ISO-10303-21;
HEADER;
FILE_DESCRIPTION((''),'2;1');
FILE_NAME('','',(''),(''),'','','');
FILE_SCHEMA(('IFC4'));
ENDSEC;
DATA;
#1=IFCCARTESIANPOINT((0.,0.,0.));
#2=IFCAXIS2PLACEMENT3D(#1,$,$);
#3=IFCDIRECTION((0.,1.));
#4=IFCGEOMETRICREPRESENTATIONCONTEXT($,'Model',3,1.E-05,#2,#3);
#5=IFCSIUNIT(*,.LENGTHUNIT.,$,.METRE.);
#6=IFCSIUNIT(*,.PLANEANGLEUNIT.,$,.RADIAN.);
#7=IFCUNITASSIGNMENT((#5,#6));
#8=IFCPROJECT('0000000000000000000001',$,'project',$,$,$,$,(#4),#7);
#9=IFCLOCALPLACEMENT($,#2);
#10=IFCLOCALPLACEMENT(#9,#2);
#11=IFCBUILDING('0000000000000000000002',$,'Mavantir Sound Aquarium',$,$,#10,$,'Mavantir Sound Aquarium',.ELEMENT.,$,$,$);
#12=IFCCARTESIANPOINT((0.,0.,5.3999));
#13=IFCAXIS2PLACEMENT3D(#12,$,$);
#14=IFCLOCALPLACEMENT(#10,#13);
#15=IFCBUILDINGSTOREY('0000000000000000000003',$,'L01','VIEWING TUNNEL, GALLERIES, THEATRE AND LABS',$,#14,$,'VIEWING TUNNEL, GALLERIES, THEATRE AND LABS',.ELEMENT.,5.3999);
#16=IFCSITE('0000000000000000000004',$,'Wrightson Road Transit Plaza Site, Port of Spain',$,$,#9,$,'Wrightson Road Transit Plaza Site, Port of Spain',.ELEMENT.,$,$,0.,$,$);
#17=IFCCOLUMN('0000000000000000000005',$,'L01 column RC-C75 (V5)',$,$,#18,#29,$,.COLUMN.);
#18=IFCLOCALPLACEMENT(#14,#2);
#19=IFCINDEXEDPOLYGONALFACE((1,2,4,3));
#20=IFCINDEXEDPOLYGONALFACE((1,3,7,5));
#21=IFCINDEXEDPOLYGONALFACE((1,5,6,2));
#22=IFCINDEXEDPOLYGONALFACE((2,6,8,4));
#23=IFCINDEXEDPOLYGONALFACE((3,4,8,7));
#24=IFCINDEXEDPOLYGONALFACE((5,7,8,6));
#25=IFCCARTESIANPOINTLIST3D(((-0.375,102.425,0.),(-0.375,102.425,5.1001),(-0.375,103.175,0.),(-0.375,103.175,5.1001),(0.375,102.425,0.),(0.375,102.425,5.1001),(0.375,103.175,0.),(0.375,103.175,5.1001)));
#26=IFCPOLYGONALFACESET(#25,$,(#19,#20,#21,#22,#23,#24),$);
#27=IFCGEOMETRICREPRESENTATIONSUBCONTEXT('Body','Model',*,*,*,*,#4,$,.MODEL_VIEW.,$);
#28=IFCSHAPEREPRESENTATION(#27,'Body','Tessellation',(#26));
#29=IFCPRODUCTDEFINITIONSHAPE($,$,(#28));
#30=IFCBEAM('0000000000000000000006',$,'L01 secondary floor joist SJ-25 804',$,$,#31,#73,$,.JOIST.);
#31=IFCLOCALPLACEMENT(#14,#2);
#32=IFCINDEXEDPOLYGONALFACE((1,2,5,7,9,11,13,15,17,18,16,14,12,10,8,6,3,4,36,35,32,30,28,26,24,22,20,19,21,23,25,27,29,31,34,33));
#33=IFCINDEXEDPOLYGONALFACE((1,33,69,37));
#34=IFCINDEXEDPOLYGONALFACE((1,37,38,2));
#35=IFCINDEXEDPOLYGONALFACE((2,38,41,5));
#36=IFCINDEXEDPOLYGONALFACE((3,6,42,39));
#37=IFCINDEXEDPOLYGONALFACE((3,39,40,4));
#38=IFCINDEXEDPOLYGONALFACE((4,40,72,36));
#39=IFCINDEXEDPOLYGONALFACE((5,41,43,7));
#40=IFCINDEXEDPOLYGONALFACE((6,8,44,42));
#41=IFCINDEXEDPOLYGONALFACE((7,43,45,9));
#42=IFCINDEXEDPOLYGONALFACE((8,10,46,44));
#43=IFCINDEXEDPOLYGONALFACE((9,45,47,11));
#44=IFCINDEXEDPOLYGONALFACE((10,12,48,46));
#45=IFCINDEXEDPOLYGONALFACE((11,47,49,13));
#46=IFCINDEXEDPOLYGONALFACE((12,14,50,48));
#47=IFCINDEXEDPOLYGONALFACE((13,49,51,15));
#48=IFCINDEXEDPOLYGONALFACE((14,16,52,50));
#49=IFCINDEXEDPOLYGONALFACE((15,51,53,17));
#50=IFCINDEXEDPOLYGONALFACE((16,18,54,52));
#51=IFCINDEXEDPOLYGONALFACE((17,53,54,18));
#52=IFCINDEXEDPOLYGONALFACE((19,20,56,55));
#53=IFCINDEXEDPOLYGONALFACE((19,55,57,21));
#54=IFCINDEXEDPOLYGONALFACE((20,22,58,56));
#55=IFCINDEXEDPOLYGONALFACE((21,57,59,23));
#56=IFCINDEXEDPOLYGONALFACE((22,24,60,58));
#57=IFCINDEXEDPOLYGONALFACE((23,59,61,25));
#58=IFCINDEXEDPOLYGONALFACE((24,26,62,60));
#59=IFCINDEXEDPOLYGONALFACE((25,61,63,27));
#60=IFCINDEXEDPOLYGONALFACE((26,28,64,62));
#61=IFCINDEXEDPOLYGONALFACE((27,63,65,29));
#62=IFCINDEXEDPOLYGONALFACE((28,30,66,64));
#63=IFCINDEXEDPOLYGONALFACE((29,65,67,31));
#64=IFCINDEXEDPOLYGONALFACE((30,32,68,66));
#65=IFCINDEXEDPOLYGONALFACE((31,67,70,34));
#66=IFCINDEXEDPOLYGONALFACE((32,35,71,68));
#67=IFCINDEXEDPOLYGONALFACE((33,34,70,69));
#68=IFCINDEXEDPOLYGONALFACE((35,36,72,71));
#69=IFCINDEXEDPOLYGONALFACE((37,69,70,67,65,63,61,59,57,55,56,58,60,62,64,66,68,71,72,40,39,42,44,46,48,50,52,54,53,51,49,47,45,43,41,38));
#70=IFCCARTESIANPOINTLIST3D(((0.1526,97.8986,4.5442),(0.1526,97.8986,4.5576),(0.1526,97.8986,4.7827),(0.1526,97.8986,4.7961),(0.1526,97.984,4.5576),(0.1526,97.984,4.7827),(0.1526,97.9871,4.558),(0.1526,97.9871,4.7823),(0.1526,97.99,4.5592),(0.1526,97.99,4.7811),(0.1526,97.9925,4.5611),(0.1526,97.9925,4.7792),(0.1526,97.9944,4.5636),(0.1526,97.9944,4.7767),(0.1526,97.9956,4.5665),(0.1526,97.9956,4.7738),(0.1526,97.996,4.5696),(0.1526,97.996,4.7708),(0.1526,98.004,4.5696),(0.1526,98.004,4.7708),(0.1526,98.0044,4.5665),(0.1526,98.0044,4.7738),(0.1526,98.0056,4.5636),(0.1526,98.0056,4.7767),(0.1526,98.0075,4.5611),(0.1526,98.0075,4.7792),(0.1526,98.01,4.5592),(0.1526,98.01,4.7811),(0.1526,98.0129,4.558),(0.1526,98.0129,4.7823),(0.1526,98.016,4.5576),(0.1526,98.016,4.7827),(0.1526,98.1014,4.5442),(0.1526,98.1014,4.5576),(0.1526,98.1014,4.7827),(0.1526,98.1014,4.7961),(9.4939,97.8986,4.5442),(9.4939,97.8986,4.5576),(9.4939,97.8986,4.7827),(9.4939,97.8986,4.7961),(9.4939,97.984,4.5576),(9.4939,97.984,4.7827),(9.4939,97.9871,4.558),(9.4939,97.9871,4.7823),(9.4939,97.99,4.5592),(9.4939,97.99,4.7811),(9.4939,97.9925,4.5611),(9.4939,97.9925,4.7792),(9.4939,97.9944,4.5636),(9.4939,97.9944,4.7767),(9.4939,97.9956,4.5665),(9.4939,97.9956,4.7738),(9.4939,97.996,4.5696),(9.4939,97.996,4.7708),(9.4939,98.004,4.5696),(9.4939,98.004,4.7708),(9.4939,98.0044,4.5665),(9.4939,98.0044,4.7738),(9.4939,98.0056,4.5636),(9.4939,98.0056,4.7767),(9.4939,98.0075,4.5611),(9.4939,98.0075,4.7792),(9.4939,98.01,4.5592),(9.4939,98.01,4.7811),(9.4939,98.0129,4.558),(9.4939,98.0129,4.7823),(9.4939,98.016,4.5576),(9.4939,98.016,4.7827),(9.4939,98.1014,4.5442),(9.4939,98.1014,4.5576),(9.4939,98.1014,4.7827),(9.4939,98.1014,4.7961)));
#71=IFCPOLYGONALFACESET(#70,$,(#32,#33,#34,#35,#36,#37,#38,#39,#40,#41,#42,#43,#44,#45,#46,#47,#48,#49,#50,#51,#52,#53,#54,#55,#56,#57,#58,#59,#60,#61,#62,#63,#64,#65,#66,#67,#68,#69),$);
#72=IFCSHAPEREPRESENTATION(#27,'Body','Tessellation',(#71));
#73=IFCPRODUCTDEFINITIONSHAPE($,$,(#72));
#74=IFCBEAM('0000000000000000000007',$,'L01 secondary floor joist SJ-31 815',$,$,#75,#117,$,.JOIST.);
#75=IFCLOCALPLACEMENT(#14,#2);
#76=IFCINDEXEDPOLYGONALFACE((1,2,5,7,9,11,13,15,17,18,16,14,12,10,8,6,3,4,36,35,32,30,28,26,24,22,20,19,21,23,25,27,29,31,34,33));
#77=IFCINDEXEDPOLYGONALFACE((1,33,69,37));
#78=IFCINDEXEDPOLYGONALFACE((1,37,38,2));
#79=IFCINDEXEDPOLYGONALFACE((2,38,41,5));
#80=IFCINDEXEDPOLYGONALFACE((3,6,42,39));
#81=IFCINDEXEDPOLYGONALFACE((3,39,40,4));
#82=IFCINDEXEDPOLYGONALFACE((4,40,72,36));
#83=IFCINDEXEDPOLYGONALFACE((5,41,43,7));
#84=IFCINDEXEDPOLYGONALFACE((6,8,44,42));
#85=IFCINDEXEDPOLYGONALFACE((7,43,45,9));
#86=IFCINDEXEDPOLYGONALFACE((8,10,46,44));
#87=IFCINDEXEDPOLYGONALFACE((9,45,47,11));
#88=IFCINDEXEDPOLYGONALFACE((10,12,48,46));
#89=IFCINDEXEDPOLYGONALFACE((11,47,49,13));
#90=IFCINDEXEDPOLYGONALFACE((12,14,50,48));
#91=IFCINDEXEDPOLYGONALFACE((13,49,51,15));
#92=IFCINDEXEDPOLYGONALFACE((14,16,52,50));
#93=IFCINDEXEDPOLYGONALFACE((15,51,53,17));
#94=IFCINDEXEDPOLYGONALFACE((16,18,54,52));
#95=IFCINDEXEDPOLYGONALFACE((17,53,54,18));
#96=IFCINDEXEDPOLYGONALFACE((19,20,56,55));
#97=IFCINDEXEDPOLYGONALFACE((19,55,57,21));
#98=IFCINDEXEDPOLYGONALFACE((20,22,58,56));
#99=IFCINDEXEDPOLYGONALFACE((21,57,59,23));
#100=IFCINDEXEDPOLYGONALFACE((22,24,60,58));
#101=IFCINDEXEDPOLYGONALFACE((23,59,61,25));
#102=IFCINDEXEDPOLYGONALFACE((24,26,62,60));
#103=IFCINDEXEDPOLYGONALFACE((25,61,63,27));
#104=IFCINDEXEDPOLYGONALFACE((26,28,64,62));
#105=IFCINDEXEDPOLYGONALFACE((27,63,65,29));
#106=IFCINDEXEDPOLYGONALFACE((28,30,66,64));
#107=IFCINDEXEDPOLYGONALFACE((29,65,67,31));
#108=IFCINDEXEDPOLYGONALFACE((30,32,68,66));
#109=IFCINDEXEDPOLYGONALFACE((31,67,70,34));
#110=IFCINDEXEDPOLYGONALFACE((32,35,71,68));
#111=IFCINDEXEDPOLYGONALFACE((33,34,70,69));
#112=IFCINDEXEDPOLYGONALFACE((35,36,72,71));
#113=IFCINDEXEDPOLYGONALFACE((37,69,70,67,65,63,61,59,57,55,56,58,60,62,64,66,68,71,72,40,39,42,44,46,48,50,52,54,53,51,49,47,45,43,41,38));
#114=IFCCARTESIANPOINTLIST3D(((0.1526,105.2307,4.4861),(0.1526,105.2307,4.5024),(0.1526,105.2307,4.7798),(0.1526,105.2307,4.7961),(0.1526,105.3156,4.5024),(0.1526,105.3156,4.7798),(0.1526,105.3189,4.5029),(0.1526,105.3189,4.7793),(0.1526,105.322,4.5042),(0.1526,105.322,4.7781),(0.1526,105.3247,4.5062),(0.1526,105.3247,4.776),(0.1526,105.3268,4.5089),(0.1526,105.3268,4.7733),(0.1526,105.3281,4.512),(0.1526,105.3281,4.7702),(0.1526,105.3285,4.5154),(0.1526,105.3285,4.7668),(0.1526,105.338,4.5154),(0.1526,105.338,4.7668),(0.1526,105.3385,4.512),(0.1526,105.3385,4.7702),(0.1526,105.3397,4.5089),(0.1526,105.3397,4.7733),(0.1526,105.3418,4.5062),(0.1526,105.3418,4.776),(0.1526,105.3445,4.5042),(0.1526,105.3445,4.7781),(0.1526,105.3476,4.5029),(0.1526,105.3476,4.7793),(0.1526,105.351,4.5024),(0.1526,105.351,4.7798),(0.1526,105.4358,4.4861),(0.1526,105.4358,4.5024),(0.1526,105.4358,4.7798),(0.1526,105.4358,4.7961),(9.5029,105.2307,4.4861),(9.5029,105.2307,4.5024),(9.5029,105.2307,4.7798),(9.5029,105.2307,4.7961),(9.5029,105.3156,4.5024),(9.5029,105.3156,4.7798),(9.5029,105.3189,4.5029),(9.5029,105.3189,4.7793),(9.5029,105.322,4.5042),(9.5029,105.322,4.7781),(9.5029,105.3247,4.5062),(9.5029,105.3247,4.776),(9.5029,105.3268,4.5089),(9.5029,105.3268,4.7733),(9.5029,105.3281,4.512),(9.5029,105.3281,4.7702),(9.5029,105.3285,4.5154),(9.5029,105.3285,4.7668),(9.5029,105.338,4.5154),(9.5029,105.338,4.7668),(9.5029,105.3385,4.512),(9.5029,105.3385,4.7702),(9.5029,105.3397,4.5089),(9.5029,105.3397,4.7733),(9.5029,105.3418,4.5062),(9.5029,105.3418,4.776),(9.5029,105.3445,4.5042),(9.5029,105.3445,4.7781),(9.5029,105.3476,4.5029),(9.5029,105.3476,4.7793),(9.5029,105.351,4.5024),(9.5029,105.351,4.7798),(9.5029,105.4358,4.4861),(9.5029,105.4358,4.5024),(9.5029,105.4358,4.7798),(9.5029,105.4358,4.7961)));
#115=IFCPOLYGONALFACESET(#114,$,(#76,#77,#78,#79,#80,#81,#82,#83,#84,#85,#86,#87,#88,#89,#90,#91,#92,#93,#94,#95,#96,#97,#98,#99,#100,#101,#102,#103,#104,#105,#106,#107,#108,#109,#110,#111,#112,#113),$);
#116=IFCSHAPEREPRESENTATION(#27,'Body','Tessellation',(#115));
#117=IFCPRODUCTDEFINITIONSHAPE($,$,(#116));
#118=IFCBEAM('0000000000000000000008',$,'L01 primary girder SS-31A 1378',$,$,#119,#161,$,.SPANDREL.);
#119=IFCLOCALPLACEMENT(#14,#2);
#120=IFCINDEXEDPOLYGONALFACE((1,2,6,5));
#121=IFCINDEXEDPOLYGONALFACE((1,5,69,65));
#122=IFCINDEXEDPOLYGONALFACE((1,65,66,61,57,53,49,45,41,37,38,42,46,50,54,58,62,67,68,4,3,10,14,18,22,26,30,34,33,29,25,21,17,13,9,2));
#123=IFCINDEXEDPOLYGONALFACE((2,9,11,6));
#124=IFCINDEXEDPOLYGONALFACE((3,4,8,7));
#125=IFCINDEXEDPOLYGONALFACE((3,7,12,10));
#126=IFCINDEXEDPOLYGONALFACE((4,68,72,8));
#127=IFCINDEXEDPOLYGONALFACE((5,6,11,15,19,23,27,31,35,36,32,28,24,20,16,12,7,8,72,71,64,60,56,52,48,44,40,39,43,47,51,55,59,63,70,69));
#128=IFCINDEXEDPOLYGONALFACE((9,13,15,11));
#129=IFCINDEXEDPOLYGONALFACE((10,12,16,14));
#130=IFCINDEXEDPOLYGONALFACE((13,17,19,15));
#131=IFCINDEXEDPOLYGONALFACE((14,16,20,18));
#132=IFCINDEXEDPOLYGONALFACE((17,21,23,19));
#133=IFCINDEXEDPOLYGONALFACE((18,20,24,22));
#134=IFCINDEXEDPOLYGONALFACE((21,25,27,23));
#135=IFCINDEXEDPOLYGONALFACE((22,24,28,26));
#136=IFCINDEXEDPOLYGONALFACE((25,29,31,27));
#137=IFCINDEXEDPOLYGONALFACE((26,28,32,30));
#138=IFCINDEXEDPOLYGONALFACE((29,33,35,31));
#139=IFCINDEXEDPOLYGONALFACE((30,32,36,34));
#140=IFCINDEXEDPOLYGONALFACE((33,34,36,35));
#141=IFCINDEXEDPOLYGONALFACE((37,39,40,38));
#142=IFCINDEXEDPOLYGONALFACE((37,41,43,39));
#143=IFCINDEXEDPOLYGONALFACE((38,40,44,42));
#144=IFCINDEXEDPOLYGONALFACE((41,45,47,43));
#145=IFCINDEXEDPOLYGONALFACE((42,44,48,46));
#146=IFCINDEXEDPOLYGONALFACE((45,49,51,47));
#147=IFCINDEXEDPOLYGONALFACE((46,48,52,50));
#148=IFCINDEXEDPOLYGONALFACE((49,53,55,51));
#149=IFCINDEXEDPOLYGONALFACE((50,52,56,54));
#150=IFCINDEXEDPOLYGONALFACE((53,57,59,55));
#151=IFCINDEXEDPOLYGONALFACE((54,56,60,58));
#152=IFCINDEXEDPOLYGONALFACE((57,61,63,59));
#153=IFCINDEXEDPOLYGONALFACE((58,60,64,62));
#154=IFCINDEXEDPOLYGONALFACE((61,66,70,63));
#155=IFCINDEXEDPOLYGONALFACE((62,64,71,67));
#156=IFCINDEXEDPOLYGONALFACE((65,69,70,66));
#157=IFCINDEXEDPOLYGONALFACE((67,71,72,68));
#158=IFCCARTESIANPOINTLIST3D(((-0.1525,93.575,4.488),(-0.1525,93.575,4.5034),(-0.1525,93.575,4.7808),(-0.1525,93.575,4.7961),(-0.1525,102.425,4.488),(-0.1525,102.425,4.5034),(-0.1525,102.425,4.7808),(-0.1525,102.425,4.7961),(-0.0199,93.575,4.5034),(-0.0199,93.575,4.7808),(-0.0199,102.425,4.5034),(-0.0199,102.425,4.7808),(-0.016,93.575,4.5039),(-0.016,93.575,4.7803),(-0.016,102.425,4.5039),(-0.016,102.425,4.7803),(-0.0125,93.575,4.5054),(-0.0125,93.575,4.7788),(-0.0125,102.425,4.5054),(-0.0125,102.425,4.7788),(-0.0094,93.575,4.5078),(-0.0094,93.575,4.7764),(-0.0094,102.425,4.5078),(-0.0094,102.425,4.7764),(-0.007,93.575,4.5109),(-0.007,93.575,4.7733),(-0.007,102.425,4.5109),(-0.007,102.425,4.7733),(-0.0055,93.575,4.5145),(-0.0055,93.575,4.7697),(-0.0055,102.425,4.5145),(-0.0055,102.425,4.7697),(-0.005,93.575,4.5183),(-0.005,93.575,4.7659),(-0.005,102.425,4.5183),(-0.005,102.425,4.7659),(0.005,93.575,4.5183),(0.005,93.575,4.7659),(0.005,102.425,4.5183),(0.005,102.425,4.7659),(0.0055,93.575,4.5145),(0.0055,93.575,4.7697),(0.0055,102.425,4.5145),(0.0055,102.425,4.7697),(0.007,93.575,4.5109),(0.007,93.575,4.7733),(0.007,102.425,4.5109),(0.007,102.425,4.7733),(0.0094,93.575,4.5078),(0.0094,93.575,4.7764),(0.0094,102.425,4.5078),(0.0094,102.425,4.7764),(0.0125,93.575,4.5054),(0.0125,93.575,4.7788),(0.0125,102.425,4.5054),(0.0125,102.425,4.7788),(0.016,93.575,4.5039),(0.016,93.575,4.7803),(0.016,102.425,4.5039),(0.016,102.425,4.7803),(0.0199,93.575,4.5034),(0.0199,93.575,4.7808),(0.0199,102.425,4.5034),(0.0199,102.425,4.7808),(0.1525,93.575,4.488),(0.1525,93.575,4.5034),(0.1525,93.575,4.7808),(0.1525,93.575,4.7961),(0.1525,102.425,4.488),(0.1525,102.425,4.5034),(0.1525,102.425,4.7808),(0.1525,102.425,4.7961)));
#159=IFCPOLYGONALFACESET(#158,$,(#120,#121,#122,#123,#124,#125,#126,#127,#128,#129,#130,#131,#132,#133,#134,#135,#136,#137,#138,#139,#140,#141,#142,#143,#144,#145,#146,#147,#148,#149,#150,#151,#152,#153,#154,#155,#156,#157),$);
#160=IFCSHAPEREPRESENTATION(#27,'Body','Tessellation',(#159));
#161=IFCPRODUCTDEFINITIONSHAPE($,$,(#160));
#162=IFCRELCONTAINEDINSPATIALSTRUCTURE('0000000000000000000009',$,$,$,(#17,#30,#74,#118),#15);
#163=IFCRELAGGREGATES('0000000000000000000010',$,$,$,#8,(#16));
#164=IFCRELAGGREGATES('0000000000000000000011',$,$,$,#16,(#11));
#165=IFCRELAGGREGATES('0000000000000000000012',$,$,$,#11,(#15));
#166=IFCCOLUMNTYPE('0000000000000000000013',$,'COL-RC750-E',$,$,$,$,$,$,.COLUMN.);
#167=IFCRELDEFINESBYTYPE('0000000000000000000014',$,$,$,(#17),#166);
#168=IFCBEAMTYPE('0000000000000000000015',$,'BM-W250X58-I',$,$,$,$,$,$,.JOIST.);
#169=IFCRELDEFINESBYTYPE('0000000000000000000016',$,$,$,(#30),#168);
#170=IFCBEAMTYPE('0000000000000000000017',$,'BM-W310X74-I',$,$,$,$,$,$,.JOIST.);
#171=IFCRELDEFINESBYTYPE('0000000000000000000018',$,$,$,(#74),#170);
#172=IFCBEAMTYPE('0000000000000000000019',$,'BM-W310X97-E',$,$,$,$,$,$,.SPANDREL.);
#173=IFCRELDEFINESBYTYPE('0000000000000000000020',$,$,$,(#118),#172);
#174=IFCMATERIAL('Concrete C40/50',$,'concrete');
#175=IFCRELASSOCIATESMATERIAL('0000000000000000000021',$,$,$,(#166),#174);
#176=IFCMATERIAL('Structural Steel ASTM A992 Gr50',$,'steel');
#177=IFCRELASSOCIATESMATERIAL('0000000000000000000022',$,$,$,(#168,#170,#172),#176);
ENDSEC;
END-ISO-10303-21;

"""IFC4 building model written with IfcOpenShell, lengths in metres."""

from ifc_helpers import new_model, si_unit, direction, frame, origin, origin_2d, place, context, subcontext, project, spatial, rectangle, i_section, extrude, material, material_profile, profile_set, type_object, element, save


model = new_model("IFC4")

# Units and contexts
model_context = context("Model", 3, precision=1e-05, world=origin(), true_north=direction((0.0, 1.0)))
body_context = subcontext(model_context, "Body", "Model", "MODEL_VIEW")
ifc_project = project(units=[si_unit("LENGTHUNIT", "METRE"), si_unit("PLANEANGLEUNIT", "RADIAN")], contexts=[model_context])

# Site, building, storey
site_placement = place(None, origin())
site = spatial("IfcSite", under=ifc_project, at=site_placement, Name="Wrightson Road Transit Plaza Site, Port of Spain", LongName="Wrightson Road Transit Plaza Site, Port of Spain", CompositionType="ELEMENT", RefElevation=0.0)
building_placement = place(site_placement, origin())
building = spatial("IfcBuilding", under=site, at=building_placement, Name="Mavantir Sound Aquarium", LongName="Mavantir Sound Aquarium", CompositionType="ELEMENT")
storey_placement = place(building_placement, frame((0.0, 0.0, 5.3999)))
storey = spatial("IfcBuildingStorey", under=building, at=storey_placement, Name="L01", Description="VIEWING TUNNEL, GALLERIES, THEATRE AND LABS", LongName="VIEWING TUNNEL, GALLERIES, THEATRE AND LABS", CompositionType="ELEMENT", Elevation=5.3999)

# Column
ifc_material_1 = material(Name="Concrete C40/50", Category="concrete")
ifc_material_profile_1 = material_profile(ifc_material_1, rectangle(XDim=0.75, YDim=0.75, at=origin_2d()), Name="RC 750X750")
ifc_profile_set_1 = profile_set([ifc_material_profile_1], Name="Concrete C40/50")
column_type = type_object("IfcColumnType", Name="COL-RC750-E", PredefinedType="COLUMN", material=ifc_profile_set_1)
column_placement = place(storey_placement, frame((0.0, 102.8, 0.0), z_axis=(0.0, 0.0, 1.0), x_axis=(1.0, 0.0, 0.0)))
element("IfcColumn", 1, at=column_placement, inside=storey, type_object=column_type, Name="L01 column RC-C75 (V5)", PredefinedType="COLUMN", context=body_context, shape_type="SweptSolid", body=[
    extrude(rectangle(XDim=0.75, YDim=0.75, at=origin_2d()), origin(), (0.0, 0.0, 1.0), 5.1001),
])

# Beams
ifc_material_2 = material(Name="Structural Steel ASTM A992 Gr50", Category="steel")
ifc_material_profile_2 = material_profile(ifc_material_2, i_section(OverallWidth=0.2029, OverallDepth=0.252, WebThickness=0.0081, FlangeThickness=0.0134, FilletRadius=0.012, at=origin_2d()), Name="W250X58")
ifc_profile_set_2 = profile_set([ifc_material_profile_2], Name="Structural Steel ASTM A992 Gr50")
beam_type_1 = type_object("IfcBeamType", Name="BM-W250X58-I", PredefinedType="JOIST", material=ifc_profile_set_2)
beam_1_placement = place(storey_placement, frame((0.1526, 98.0, 4.6702), z_axis=(1.0, 0.0, 0.0), x_axis=(0.0, 1.0, 0.0)))
element("IfcBeam", 2, at=beam_1_placement, inside=storey, type_object=beam_type_1, Name="L01 secondary floor joist SJ-25 804", PredefinedType="JOIST", context=body_context, shape_type="SweptSolid", body=[
    extrude(i_section(OverallWidth=0.2029, OverallDepth=0.252, WebThickness=0.0081, FlangeThickness=0.0134, FilletRadius=0.012, at=origin_2d()), origin(), (0.0, 0.0, 1.0), 9.3413),
])
ifc_material_profile_3 = material_profile(ifc_material_2, i_section(OverallWidth=0.2051, OverallDepth=0.3101, WebThickness=0.0095, FlangeThickness=0.0164, FilletRadius=0.0129, at=origin_2d()), Name="W310X74")
ifc_profile_set_3 = profile_set([ifc_material_profile_3], Name="Structural Steel ASTM A992 Gr50")
beam_type_2 = type_object("IfcBeamType", Name="BM-W310X74-I", PredefinedType="JOIST", material=ifc_profile_set_3)
beam_2_placement = place(storey_placement, frame((0.1526, 105.3333, 4.6411), z_axis=(1.0, 0.0, 0.0), x_axis=(0.0, 1.0, 0.0)))
element("IfcBeam", 3, at=beam_2_placement, inside=storey, type_object=beam_type_2, Name="L01 secondary floor joist SJ-31 815", PredefinedType="JOIST", context=body_context, shape_type="SweptSolid", body=[
    extrude(i_section(OverallWidth=0.2051, OverallDepth=0.3101, WebThickness=0.0095, FlangeThickness=0.0164, FilletRadius=0.0129, at=origin_2d()), origin(), (0.0, 0.0, 1.0), 9.3503),
])
ifc_material_profile_4 = material_profile(ifc_material_2, i_section(OverallWidth=0.3049, OverallDepth=0.3081, WebThickness=0.01, FlangeThickness=0.0154, FilletRadius=0.0149, at=origin_2d()), Name="W310X97")
ifc_profile_set_4 = profile_set([ifc_material_profile_4], Name="Structural Steel ASTM A992 Gr50")
beam_type_3 = type_object("IfcBeamType", Name="BM-W310X97-E", PredefinedType="SPANDREL", material=ifc_profile_set_4)
beam_3_placement = place(storey_placement, frame((0.0, 93.575, 4.6421), z_axis=(0.0, 1.0, 0.0), x_axis=(-1.0, 0.0, 0.0)))
element("IfcBeam", 4, at=beam_3_placement, inside=storey, type_object=beam_type_3, Name="L01 primary girder SS-31A 1378", PredefinedType="SPANDREL", context=body_context, shape_type="SweptSolid", body=[
    extrude(i_section(OverallWidth=0.3049, OverallDepth=0.3081, WebThickness=0.01, FlangeThickness=0.0154, FilletRadius=0.0149, at=origin_2d()), origin(), (0.0, 0.0, 1.0), 8.8501),
])

save(model, "model.ifc")
